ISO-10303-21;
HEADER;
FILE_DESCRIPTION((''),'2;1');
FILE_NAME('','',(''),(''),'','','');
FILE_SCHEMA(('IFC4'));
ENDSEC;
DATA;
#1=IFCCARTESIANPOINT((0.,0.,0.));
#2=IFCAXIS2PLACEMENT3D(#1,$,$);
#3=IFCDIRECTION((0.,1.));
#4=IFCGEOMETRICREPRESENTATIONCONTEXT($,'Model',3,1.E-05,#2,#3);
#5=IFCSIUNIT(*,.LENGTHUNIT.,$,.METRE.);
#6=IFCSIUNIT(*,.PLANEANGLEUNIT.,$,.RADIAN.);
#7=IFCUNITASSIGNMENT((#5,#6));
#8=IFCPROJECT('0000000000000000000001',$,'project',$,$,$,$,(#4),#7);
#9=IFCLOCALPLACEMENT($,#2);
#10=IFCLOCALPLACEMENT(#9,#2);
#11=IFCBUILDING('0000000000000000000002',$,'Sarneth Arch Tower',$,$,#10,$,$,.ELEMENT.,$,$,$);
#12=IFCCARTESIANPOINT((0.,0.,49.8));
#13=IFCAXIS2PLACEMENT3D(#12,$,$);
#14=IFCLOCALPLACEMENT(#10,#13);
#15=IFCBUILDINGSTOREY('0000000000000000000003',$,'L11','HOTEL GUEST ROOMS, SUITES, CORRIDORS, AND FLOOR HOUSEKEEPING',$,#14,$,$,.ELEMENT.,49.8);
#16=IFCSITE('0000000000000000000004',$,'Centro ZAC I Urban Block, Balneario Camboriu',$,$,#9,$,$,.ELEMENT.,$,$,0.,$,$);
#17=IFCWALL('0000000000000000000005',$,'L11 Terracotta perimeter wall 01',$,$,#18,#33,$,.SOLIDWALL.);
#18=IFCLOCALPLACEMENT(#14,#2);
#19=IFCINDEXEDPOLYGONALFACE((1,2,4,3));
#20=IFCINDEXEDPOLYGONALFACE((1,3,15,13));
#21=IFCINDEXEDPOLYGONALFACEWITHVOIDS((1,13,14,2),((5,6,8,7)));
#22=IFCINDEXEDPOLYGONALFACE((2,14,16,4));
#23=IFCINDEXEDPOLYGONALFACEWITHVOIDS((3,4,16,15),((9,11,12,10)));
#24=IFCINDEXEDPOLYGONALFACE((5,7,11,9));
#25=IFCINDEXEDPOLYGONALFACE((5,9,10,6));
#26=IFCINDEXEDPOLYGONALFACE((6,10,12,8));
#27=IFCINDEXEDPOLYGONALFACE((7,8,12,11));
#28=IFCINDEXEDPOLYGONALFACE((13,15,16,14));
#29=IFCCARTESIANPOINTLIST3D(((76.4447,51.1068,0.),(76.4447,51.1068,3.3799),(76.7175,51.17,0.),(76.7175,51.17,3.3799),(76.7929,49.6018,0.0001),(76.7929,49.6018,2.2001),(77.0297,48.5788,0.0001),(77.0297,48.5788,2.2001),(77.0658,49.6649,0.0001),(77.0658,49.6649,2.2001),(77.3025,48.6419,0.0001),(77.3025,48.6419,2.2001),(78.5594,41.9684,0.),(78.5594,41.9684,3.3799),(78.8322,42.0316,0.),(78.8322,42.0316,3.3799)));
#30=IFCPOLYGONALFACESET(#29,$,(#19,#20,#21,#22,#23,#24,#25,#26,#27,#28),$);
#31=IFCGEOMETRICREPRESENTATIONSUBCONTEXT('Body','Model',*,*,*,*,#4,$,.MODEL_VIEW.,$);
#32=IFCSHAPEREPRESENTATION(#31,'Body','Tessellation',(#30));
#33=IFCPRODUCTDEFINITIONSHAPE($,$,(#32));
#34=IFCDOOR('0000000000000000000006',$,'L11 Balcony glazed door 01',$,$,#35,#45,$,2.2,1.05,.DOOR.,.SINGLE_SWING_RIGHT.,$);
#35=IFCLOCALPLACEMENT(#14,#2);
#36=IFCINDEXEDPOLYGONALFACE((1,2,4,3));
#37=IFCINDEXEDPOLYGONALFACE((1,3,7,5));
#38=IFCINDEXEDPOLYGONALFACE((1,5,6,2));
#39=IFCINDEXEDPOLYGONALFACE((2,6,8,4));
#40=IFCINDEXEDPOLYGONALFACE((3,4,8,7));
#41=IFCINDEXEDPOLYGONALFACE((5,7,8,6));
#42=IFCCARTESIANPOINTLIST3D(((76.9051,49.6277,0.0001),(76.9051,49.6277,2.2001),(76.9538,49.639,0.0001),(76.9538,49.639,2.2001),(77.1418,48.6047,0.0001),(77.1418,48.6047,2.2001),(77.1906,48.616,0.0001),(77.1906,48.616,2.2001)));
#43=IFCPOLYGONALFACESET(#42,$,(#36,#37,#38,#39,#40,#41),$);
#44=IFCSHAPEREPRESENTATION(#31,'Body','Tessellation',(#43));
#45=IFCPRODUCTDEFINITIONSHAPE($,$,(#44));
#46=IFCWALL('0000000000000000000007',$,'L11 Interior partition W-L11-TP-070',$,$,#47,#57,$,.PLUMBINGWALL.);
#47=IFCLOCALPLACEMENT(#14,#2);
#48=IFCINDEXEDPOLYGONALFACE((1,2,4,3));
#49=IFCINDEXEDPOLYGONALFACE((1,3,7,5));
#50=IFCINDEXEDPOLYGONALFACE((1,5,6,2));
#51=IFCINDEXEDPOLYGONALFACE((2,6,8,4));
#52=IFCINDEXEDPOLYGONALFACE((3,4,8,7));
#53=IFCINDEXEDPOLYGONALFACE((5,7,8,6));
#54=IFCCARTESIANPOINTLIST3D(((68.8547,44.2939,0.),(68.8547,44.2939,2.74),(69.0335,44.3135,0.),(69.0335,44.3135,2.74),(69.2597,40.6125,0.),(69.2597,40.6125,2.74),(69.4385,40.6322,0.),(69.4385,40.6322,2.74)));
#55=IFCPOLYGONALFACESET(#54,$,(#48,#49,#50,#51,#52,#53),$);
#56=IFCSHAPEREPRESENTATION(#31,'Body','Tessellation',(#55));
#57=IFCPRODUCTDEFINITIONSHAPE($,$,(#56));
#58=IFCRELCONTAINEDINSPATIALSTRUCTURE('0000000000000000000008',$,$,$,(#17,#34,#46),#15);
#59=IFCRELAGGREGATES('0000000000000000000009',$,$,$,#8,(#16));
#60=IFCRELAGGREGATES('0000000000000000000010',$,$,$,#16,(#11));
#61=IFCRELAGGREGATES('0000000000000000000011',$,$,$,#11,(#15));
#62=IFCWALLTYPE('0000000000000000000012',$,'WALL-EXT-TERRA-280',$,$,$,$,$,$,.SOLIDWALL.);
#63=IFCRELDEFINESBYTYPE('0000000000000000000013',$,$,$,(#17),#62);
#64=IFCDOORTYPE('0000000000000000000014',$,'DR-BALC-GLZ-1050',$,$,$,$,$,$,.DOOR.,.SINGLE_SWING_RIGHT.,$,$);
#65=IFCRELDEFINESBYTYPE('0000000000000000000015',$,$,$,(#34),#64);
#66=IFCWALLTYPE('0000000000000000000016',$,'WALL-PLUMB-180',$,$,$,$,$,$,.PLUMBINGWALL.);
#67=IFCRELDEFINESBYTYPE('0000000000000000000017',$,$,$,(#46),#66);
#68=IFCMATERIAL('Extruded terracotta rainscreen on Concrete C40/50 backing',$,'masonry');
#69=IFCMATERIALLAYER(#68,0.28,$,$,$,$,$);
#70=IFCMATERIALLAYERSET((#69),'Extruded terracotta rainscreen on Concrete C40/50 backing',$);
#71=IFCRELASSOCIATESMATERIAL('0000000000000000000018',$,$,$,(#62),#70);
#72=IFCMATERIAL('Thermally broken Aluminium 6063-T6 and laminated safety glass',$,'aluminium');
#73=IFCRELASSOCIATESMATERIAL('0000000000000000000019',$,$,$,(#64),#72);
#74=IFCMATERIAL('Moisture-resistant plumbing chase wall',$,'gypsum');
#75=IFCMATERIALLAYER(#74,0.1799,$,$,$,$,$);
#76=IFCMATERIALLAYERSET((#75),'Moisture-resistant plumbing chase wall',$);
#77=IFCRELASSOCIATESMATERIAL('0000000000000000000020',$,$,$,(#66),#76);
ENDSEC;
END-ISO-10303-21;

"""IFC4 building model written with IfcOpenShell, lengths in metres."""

from ifc_helpers import new_model, si_unit, direction, frame, frame_2d, origin, place, context, subcontext, project, spatial, rectangle, extrude, material, layer, layer_set, type_object, element, fill, save


model = new_model("IFC4")

# Units and contexts
model_context = context("Model", 3, precision=1e-05, world=origin(), true_north=direction((0.0, 1.0)))
body_context = subcontext(model_context, "Body", "Model", "MODEL_VIEW")
ifc_project = project(units=[si_unit("LENGTHUNIT", "METRE"), si_unit("PLANEANGLEUNIT", "RADIAN")], contexts=[model_context])

# Site, building, storey
site_placement = place(None, origin())
site = spatial("IfcSite", under=ifc_project, at=site_placement, Name="Centro ZAC I Urban Block, Balneario Camboriu", CompositionType="ELEMENT", RefElevation=0.0)
building_placement = place(site_placement, origin())
building = spatial("IfcBuilding", under=site, at=building_placement, Name="Sarneth Arch Tower", CompositionType="ELEMENT")
storey_placement = place(building_placement, frame((0.0, 0.0, 49.8)))
storey = spatial("IfcBuildingStorey", under=building, at=storey_placement, Name="L11", Description="HOTEL GUEST ROOMS, SUITES, CORRIDORS, AND FLOOR HOUSEKEEPING", CompositionType="ELEMENT", Elevation=49.8)

# Wall, opening, door
ifc_material_1 = material(Name="Extruded terracotta rainscreen on Concrete C40/50 backing", Category="masonry")
ifc_layer_1 = layer(ifc_material_1, 0.28)
ifc_layer_set_1 = layer_set([ifc_layer_1], Name="Extruded terracotta rainscreen on Concrete C40/50 backing")
wall_type_1 = type_object("IfcWallType", Name="WALL-EXT-TERRA-280", PredefinedType="SOLIDWALL", material=ifc_layer_set_1)
wall_1_placement = place(storey_placement, frame((78.6958, 42.0, 0.0), z_axis=(0.0, 0.0, 1.0), x_axis=(-0.225454, 0.974254, 0.0)))
wall_1 = element("IfcWall", 1, at=wall_1_placement, inside=storey, type_object=wall_type_1, Name="L11 Terracotta perimeter wall 01", PredefinedType="SOLIDWALL", context=body_context, shape_type="SweptSolid", body=[
    extrude(rectangle(XDim=9.3799, YDim=0.28, at=frame_2d((4.6899, 0.0))), origin(), (0.0, 0.0, 1.0), 3.3799),
])
opening_placement = place(wall_1_placement, frame((6.7852, 0.0, 0.0)))
opening = element("IfcOpeningElement", 2, at=opening_placement, cuts=wall_1, PredefinedType="OPENING", context=body_context, shape_type="SweptSolid", body=[
    extrude(rectangle(XDim=1.05, YDim=2.2, at=frame_2d((0.5249, 1.1001))), frame((0.0, 0.1499, 0.0), z_axis=(0.0, -1.0, 0.0), x_axis=(1.0, 0.0, 0.0)), (0.0, 0.0, 1.0), 0.3),
])
ifc_material_2 = material(Name="Thermally broken Aluminium 6063-T6 and laminated safety glass", Category="aluminium")
door_type = type_object("IfcDoorType", Name="DR-BALC-GLZ-1050", OperationType="SINGLE_SWING_RIGHT", PredefinedType="DOOR", material=ifc_material_2)
door_placement = place(opening_placement, origin())
door = element("IfcDoor", 3, at=door_placement, inside=storey, type_object=door_type, Name="L11 Balcony glazed door 01", OperationType="SINGLE_SWING_RIGHT", OverallHeight=2.2, OverallWidth=1.05, PredefinedType="DOOR", context=body_context, shape_type="SweptSolid", body=[
    extrude(rectangle(XDim=1.05, YDim=2.2, at=frame_2d((0.5249, 1.1001))), frame((0.0, 0.0249, 0.0), z_axis=(0.0, -1.0, 0.0), x_axis=(1.0, 0.0, 0.0)), (0.0, 0.0, 1.0), 0.05),
])
fill(opening, door)

# Wall
ifc_material_3 = material(Name="Moisture-resistant plumbing chase wall", Category="gypsum")
ifc_layer_2 = layer(ifc_material_3, 0.1799)
ifc_layer_set_2 = layer_set([ifc_layer_2], Name="Moisture-resistant plumbing chase wall")
wall_type_2 = type_object("IfcWallType", Name="WALL-PLUMB-180", PredefinedType="PLUMBINGWALL", material=ifc_layer_set_2)
wall_2_placement = place(storey_placement, frame((68.9441, 44.3037, 0.0), z_axis=(0.0, 0.0, 1.0), x_axis=(0.109361, -0.994002, 0.0)))
element("IfcWall", 4, at=wall_2_placement, inside=storey, type_object=wall_type_2, Name="L11 Interior partition W-L11-TP-070", PredefinedType="PLUMBINGWALL", context=body_context, shape_type="SweptSolid", body=[
    extrude(rectangle(XDim=3.7036, YDim=0.1799, at=frame_2d((1.8518, 0.0))), origin(), (0.0, 0.0, 1.0), 2.74),
])

save(model, "model.ifc")
